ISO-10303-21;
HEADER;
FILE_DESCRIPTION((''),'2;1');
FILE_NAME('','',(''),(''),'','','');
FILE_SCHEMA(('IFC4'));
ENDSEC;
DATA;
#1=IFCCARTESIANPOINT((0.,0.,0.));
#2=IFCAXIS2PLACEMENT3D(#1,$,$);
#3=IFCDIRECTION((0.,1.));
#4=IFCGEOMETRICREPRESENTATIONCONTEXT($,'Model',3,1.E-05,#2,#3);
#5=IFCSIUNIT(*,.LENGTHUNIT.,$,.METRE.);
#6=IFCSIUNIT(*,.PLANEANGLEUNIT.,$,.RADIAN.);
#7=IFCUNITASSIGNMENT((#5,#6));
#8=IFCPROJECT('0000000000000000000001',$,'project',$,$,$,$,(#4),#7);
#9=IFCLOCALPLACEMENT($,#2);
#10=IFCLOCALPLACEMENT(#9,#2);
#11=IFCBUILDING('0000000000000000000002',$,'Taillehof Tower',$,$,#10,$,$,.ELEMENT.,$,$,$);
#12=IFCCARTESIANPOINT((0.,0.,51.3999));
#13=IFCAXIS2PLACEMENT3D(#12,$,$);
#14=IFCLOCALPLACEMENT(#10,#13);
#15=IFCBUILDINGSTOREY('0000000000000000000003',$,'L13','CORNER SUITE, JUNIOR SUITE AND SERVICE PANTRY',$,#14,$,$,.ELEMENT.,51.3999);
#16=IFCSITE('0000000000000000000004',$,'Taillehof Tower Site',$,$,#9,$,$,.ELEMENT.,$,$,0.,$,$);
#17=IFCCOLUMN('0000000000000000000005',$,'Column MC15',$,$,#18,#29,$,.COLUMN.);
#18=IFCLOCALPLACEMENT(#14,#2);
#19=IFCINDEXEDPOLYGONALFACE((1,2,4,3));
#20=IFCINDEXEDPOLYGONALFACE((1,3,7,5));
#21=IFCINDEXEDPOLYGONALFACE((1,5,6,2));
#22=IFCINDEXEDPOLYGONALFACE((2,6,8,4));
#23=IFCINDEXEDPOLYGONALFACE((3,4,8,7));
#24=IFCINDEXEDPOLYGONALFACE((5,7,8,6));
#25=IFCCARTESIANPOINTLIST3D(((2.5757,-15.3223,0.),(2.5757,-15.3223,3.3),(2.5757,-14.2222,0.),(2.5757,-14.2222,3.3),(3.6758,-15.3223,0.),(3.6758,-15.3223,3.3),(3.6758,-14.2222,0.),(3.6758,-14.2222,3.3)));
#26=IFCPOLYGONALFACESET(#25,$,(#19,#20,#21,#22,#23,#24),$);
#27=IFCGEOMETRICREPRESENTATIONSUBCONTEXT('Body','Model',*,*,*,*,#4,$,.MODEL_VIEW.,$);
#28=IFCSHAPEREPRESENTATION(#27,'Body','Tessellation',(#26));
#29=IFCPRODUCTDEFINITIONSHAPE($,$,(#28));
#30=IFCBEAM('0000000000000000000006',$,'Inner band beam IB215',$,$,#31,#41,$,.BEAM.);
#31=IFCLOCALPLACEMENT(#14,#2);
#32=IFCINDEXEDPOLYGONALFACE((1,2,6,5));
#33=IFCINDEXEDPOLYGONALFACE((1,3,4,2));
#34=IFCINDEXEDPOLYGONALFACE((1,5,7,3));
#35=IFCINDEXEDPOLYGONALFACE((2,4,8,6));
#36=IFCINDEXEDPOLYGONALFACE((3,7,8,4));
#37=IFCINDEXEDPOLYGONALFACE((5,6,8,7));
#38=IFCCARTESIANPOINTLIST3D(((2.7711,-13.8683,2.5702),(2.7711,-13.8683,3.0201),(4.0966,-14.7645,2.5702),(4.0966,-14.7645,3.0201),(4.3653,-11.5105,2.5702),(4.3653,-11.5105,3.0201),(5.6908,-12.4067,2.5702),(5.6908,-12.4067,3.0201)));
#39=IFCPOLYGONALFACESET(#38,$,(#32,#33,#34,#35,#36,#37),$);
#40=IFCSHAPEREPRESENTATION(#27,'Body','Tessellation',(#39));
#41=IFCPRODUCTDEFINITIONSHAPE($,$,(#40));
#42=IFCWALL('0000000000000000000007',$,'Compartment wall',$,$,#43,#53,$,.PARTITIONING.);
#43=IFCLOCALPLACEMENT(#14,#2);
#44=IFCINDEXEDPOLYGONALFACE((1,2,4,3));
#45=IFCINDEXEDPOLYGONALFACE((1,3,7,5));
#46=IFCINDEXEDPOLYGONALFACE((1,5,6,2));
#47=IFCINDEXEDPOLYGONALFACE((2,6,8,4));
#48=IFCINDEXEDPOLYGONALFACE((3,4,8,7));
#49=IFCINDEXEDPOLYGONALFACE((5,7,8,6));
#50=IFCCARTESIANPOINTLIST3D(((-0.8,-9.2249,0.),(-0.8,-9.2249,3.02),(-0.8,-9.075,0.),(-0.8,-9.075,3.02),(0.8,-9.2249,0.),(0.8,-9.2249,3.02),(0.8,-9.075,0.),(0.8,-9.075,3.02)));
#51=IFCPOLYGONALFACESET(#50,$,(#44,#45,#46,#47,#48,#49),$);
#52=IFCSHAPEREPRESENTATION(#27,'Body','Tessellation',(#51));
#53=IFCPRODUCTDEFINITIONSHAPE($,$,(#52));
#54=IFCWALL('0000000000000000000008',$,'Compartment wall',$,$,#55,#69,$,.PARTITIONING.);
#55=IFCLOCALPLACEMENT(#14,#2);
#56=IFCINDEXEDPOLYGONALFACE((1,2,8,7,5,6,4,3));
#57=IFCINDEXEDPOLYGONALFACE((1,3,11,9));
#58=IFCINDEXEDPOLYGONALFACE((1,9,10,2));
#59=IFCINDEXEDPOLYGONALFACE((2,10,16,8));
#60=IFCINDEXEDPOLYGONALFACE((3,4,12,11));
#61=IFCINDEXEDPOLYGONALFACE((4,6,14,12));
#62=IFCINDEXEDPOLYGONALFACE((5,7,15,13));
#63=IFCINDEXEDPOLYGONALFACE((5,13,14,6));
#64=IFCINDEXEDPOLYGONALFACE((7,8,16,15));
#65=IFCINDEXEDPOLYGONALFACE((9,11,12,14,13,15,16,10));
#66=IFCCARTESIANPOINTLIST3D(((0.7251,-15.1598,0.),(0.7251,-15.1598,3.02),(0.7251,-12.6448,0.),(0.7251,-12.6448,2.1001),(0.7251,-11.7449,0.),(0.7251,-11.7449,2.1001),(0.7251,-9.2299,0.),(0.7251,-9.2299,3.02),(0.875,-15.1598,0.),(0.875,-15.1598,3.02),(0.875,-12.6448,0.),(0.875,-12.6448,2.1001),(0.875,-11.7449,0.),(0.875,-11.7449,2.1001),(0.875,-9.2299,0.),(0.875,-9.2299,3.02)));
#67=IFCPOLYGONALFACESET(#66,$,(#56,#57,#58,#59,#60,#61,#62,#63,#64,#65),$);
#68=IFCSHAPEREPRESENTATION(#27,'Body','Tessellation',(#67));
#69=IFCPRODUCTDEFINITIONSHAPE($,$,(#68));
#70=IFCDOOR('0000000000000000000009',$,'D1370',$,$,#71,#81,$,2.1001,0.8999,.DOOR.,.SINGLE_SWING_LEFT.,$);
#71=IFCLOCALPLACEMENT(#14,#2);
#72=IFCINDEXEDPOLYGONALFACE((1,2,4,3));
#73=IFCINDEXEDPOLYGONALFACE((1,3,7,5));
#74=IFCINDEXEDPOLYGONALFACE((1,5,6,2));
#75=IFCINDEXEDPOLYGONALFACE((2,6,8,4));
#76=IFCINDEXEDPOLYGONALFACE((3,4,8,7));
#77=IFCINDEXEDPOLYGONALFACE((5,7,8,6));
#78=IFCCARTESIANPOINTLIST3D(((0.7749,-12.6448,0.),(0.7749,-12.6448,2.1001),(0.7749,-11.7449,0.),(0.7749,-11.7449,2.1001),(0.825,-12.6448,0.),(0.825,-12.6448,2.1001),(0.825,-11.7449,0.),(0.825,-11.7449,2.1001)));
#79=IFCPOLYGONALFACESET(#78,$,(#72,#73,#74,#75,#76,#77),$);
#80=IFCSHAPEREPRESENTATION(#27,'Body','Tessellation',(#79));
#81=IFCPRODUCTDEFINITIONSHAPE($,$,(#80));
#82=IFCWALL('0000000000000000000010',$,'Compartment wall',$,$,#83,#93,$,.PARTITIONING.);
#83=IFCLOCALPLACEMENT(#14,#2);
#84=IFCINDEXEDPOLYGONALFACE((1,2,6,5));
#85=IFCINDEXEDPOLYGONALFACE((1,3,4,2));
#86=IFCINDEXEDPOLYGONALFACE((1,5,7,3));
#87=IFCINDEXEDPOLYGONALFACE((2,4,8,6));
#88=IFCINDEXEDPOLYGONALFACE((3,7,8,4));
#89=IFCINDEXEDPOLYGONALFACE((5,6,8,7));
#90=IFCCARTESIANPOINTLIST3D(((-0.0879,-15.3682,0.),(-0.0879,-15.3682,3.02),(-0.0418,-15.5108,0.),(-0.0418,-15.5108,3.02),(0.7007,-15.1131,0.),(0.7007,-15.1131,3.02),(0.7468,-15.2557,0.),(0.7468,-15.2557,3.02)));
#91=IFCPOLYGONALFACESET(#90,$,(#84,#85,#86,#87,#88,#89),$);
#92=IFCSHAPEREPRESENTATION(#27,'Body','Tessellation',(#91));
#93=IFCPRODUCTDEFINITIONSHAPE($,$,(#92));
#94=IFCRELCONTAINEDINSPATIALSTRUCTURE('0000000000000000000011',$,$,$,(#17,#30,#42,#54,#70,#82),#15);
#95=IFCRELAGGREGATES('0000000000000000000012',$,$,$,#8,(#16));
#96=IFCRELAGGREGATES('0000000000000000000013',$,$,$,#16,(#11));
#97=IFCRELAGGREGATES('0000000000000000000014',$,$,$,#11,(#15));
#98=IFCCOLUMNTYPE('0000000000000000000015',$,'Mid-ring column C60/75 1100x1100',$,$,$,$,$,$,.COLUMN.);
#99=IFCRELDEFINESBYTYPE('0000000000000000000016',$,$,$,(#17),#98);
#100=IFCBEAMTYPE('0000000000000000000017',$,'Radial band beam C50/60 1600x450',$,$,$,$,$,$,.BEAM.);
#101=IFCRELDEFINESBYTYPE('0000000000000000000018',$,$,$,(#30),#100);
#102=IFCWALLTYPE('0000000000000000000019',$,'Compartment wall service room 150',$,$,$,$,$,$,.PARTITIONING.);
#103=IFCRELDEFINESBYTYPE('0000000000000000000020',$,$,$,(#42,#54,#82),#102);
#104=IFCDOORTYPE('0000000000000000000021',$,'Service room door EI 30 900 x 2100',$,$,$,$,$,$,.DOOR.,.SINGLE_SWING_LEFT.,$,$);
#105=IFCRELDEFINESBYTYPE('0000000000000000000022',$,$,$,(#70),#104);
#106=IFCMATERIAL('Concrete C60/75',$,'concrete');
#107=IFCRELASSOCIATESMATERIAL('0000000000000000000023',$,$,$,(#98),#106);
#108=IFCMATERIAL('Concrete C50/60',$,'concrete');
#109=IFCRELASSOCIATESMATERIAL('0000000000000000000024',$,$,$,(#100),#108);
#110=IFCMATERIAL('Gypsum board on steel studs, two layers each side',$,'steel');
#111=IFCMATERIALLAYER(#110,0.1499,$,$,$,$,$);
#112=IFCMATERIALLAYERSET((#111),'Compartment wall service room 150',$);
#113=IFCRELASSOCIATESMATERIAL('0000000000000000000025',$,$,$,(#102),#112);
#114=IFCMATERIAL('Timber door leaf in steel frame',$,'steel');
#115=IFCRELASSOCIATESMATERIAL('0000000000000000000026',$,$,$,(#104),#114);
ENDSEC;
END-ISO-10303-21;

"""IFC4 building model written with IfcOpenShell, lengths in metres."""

from ifc_helpers import new_model, si_unit, direction, frame, frame_2d, origin, origin_2d, place, context, subcontext, project, spatial, rectangle, extrude, material, layer, layer_set, material_profile, profile_set, type_object, element, fill, save


model = new_model("IFC4")

# Units and contexts
model_context = context("Model", 3, precision=1e-05, world=origin(), true_north=direction((0.0, 1.0)))
body_context = subcontext(model_context, "Body", "Model", "MODEL_VIEW")
ifc_project = project(units=[si_unit("LENGTHUNIT", "METRE"), si_unit("PLANEANGLEUNIT", "RADIAN")], contexts=[model_context])

# Site, building, storey
site_placement = place(None, origin())
site = spatial("IfcSite", under=ifc_project, at=site_placement, Name="Taillehof Tower Site", CompositionType="ELEMENT", RefElevation=0.0)
building_placement = place(site_placement, origin())
building = spatial("IfcBuilding", under=site, at=building_placement, Name="Taillehof Tower", CompositionType="ELEMENT")
storey_placement = place(building_placement, frame((0.0, 0.0, 51.3999)))
storey = spatial("IfcBuildingStorey", under=building, at=storey_placement, Name="L13", Description="CORNER SUITE, JUNIOR SUITE AND SERVICE PANTRY", CompositionType="ELEMENT", Elevation=51.3999)

# Column
ifc_material_1 = material(Name="Concrete C60/75", Category="concrete")
ifc_material_profile_1 = material_profile(ifc_material_1, rectangle(XDim=1.1001, YDim=1.1001, at=origin_2d()), Name="RC 1100x1100")
ifc_profile_set_1 = profile_set([ifc_material_profile_1], Name="Concrete C60/75")
column_type = type_object("IfcColumnType", Name="Mid-ring column C60/75 1100x1100", PredefinedType="COLUMN", material=ifc_profile_set_1)
column_placement = place(storey_placement, frame((3.1257, -14.7722, 0.0), z_axis=(0.0, 0.0, 1.0), x_axis=(1.0, 0.0, 0.0)))
element("IfcColumn", 1, at=column_placement, inside=storey, type_object=column_type, Name="Column MC15", PredefinedType="COLUMN", context=body_context, shape_type="SweptSolid", body=[
    extrude(rectangle(XDim=1.1001, YDim=1.1001, at=origin_2d()), origin(), (0.0, 0.0, 1.0), 3.3),
])

# Beam
ifc_material_2 = material(Name="Concrete C50/60", Category="concrete")
ifc_material_profile_2 = material_profile(ifc_material_2, rectangle(XDim=1.6001, YDim=0.45, at=origin_2d()), Name="RC 1600x450")
ifc_profile_set_2 = profile_set([ifc_material_profile_2], Name="Concrete C50/60")
beam_type = type_object("IfcBeamType", Name="Radial band beam C50/60 1600x450", PredefinedType="BEAM", material=ifc_profile_set_2)
beam_placement = place(storey_placement, frame((3.4338, -14.3164, 2.7952), z_axis=(0.560112, 0.828417, 0.0), x_axis=(-0.828417, 0.560112, 0.0)))
element("IfcBeam", 2, at=beam_placement, inside=storey, type_object=beam_type, Name="Inner band beam IB215", PredefinedType="BEAM", context=body_context, shape_type="SweptSolid", body=[
    extrude(rectangle(XDim=1.6001, YDim=0.45, at=origin_2d()), origin(), (0.0, 0.0, 1.0), 2.8462),
])

# Wall
ifc_material_3 = material(Name="Gypsum board on steel studs, two layers each side", Category="steel")
ifc_layer_1 = layer(ifc_material_3, 0.1499)
ifc_layer_set_1 = layer_set([ifc_layer_1], Name="Compartment wall service room 150")
wall_type_1 = type_object("IfcWallType", Name="Compartment wall service room 150", PredefinedType="PARTITIONING", material=ifc_layer_set_1)
wall_1_placement = place(storey_placement, frame((-0.8, -9.1499, 0.0), z_axis=(0.0, 0.0, 1.0), x_axis=(1.0, 0.0, 0.0)))
element("IfcWall", 3, at=wall_1_placement, inside=storey, type_object=wall_type_1, Name="Compartment wall", PredefinedType="PARTITIONING", context=body_context, shape_type="SweptSolid", body=[
    extrude(rectangle(XDim=1.6001, YDim=0.1499, at=frame_2d((0.8, 0.0))), origin(), (0.0, 0.0, 1.0), 3.02),
])

# Wall, opening, door
wall_2_placement = place(storey_placement, frame((0.8, -9.23, 0.0), z_axis=(0.0, 0.0, 1.0), x_axis=(0.0, -1.0, 0.0)))
wall_2 = element("IfcWall", 4, at=wall_2_placement, inside=storey, type_object=wall_type_1, Name="Compartment wall", PredefinedType="PARTITIONING", context=body_context, shape_type="SweptSolid", body=[
    extrude(rectangle(XDim=5.9299, YDim=0.1499, at=frame_2d((2.9648, 0.0))), origin(), (0.0, 0.0, 1.0), 3.02),
])
opening_1_placement = place(wall_2_placement, frame((2.5149, 0.0, 0.0)))
opening_1 = element("IfcOpeningElement", 5, at=opening_1_placement, cuts=wall_2, PredefinedType="OPENING", context=body_context, shape_type="SweptSolid", body=[
    extrude(rectangle(XDim=0.8999, YDim=2.1001, at=frame_2d((0.45, 1.05))), frame((0.0, 0.085, 0.0), z_axis=(0.0, -1.0, 0.0), x_axis=(1.0, 0.0, 0.0)), (0.0, 0.0, 1.0), 0.1699),
])
ifc_material_4 = material(Name="Timber door leaf in steel frame", Category="steel")
door_type_1 = type_object("IfcDoorType", Name="Service room door EI 30 900 x 2100", OperationType="SINGLE_SWING_LEFT", PredefinedType="DOOR", material=ifc_material_4)
door_1_placement = place(opening_1_placement, origin())
door_1 = element("IfcDoor", 6, at=door_1_placement, inside=storey, type_object=door_type_1, Name="D1370", OperationType="SINGLE_SWING_LEFT", OverallHeight=2.1001, OverallWidth=0.8999, PredefinedType="DOOR", context=body_context, shape_type="SweptSolid", body=[
    extrude(rectangle(XDim=0.8999, YDim=2.1001, at=frame_2d((0.45, 1.05))), frame((0.0, 0.0249, 0.0), z_axis=(0.0, -1.0, 0.0), x_axis=(1.0, 0.0, 0.0)), (0.0, 0.0, 1.0), 0.05),
])
fill(opening_1, door_1)

# Wall
wall_3_placement = place(storey_placement, frame((0.7239, -15.1843, 0.0), z_axis=(0.0, 0.0, 1.0), x_axis=(-0.951445, -0.30782, 0.0)))
element("IfcWall", 7, at=wall_3_placement, inside=storey, type_object=wall_type_1, Name="Compartment wall", PredefinedType="PARTITIONING", context=body_context, shape_type="SweptSolid", body=[
    extrude(rectangle(XDim=0.8289, YDim=0.1499, at=frame_2d((0.4146, 0.0))), origin(), (0.0, 0.0, 1.0), 3.02),
])

save(model, "model.ifc")
